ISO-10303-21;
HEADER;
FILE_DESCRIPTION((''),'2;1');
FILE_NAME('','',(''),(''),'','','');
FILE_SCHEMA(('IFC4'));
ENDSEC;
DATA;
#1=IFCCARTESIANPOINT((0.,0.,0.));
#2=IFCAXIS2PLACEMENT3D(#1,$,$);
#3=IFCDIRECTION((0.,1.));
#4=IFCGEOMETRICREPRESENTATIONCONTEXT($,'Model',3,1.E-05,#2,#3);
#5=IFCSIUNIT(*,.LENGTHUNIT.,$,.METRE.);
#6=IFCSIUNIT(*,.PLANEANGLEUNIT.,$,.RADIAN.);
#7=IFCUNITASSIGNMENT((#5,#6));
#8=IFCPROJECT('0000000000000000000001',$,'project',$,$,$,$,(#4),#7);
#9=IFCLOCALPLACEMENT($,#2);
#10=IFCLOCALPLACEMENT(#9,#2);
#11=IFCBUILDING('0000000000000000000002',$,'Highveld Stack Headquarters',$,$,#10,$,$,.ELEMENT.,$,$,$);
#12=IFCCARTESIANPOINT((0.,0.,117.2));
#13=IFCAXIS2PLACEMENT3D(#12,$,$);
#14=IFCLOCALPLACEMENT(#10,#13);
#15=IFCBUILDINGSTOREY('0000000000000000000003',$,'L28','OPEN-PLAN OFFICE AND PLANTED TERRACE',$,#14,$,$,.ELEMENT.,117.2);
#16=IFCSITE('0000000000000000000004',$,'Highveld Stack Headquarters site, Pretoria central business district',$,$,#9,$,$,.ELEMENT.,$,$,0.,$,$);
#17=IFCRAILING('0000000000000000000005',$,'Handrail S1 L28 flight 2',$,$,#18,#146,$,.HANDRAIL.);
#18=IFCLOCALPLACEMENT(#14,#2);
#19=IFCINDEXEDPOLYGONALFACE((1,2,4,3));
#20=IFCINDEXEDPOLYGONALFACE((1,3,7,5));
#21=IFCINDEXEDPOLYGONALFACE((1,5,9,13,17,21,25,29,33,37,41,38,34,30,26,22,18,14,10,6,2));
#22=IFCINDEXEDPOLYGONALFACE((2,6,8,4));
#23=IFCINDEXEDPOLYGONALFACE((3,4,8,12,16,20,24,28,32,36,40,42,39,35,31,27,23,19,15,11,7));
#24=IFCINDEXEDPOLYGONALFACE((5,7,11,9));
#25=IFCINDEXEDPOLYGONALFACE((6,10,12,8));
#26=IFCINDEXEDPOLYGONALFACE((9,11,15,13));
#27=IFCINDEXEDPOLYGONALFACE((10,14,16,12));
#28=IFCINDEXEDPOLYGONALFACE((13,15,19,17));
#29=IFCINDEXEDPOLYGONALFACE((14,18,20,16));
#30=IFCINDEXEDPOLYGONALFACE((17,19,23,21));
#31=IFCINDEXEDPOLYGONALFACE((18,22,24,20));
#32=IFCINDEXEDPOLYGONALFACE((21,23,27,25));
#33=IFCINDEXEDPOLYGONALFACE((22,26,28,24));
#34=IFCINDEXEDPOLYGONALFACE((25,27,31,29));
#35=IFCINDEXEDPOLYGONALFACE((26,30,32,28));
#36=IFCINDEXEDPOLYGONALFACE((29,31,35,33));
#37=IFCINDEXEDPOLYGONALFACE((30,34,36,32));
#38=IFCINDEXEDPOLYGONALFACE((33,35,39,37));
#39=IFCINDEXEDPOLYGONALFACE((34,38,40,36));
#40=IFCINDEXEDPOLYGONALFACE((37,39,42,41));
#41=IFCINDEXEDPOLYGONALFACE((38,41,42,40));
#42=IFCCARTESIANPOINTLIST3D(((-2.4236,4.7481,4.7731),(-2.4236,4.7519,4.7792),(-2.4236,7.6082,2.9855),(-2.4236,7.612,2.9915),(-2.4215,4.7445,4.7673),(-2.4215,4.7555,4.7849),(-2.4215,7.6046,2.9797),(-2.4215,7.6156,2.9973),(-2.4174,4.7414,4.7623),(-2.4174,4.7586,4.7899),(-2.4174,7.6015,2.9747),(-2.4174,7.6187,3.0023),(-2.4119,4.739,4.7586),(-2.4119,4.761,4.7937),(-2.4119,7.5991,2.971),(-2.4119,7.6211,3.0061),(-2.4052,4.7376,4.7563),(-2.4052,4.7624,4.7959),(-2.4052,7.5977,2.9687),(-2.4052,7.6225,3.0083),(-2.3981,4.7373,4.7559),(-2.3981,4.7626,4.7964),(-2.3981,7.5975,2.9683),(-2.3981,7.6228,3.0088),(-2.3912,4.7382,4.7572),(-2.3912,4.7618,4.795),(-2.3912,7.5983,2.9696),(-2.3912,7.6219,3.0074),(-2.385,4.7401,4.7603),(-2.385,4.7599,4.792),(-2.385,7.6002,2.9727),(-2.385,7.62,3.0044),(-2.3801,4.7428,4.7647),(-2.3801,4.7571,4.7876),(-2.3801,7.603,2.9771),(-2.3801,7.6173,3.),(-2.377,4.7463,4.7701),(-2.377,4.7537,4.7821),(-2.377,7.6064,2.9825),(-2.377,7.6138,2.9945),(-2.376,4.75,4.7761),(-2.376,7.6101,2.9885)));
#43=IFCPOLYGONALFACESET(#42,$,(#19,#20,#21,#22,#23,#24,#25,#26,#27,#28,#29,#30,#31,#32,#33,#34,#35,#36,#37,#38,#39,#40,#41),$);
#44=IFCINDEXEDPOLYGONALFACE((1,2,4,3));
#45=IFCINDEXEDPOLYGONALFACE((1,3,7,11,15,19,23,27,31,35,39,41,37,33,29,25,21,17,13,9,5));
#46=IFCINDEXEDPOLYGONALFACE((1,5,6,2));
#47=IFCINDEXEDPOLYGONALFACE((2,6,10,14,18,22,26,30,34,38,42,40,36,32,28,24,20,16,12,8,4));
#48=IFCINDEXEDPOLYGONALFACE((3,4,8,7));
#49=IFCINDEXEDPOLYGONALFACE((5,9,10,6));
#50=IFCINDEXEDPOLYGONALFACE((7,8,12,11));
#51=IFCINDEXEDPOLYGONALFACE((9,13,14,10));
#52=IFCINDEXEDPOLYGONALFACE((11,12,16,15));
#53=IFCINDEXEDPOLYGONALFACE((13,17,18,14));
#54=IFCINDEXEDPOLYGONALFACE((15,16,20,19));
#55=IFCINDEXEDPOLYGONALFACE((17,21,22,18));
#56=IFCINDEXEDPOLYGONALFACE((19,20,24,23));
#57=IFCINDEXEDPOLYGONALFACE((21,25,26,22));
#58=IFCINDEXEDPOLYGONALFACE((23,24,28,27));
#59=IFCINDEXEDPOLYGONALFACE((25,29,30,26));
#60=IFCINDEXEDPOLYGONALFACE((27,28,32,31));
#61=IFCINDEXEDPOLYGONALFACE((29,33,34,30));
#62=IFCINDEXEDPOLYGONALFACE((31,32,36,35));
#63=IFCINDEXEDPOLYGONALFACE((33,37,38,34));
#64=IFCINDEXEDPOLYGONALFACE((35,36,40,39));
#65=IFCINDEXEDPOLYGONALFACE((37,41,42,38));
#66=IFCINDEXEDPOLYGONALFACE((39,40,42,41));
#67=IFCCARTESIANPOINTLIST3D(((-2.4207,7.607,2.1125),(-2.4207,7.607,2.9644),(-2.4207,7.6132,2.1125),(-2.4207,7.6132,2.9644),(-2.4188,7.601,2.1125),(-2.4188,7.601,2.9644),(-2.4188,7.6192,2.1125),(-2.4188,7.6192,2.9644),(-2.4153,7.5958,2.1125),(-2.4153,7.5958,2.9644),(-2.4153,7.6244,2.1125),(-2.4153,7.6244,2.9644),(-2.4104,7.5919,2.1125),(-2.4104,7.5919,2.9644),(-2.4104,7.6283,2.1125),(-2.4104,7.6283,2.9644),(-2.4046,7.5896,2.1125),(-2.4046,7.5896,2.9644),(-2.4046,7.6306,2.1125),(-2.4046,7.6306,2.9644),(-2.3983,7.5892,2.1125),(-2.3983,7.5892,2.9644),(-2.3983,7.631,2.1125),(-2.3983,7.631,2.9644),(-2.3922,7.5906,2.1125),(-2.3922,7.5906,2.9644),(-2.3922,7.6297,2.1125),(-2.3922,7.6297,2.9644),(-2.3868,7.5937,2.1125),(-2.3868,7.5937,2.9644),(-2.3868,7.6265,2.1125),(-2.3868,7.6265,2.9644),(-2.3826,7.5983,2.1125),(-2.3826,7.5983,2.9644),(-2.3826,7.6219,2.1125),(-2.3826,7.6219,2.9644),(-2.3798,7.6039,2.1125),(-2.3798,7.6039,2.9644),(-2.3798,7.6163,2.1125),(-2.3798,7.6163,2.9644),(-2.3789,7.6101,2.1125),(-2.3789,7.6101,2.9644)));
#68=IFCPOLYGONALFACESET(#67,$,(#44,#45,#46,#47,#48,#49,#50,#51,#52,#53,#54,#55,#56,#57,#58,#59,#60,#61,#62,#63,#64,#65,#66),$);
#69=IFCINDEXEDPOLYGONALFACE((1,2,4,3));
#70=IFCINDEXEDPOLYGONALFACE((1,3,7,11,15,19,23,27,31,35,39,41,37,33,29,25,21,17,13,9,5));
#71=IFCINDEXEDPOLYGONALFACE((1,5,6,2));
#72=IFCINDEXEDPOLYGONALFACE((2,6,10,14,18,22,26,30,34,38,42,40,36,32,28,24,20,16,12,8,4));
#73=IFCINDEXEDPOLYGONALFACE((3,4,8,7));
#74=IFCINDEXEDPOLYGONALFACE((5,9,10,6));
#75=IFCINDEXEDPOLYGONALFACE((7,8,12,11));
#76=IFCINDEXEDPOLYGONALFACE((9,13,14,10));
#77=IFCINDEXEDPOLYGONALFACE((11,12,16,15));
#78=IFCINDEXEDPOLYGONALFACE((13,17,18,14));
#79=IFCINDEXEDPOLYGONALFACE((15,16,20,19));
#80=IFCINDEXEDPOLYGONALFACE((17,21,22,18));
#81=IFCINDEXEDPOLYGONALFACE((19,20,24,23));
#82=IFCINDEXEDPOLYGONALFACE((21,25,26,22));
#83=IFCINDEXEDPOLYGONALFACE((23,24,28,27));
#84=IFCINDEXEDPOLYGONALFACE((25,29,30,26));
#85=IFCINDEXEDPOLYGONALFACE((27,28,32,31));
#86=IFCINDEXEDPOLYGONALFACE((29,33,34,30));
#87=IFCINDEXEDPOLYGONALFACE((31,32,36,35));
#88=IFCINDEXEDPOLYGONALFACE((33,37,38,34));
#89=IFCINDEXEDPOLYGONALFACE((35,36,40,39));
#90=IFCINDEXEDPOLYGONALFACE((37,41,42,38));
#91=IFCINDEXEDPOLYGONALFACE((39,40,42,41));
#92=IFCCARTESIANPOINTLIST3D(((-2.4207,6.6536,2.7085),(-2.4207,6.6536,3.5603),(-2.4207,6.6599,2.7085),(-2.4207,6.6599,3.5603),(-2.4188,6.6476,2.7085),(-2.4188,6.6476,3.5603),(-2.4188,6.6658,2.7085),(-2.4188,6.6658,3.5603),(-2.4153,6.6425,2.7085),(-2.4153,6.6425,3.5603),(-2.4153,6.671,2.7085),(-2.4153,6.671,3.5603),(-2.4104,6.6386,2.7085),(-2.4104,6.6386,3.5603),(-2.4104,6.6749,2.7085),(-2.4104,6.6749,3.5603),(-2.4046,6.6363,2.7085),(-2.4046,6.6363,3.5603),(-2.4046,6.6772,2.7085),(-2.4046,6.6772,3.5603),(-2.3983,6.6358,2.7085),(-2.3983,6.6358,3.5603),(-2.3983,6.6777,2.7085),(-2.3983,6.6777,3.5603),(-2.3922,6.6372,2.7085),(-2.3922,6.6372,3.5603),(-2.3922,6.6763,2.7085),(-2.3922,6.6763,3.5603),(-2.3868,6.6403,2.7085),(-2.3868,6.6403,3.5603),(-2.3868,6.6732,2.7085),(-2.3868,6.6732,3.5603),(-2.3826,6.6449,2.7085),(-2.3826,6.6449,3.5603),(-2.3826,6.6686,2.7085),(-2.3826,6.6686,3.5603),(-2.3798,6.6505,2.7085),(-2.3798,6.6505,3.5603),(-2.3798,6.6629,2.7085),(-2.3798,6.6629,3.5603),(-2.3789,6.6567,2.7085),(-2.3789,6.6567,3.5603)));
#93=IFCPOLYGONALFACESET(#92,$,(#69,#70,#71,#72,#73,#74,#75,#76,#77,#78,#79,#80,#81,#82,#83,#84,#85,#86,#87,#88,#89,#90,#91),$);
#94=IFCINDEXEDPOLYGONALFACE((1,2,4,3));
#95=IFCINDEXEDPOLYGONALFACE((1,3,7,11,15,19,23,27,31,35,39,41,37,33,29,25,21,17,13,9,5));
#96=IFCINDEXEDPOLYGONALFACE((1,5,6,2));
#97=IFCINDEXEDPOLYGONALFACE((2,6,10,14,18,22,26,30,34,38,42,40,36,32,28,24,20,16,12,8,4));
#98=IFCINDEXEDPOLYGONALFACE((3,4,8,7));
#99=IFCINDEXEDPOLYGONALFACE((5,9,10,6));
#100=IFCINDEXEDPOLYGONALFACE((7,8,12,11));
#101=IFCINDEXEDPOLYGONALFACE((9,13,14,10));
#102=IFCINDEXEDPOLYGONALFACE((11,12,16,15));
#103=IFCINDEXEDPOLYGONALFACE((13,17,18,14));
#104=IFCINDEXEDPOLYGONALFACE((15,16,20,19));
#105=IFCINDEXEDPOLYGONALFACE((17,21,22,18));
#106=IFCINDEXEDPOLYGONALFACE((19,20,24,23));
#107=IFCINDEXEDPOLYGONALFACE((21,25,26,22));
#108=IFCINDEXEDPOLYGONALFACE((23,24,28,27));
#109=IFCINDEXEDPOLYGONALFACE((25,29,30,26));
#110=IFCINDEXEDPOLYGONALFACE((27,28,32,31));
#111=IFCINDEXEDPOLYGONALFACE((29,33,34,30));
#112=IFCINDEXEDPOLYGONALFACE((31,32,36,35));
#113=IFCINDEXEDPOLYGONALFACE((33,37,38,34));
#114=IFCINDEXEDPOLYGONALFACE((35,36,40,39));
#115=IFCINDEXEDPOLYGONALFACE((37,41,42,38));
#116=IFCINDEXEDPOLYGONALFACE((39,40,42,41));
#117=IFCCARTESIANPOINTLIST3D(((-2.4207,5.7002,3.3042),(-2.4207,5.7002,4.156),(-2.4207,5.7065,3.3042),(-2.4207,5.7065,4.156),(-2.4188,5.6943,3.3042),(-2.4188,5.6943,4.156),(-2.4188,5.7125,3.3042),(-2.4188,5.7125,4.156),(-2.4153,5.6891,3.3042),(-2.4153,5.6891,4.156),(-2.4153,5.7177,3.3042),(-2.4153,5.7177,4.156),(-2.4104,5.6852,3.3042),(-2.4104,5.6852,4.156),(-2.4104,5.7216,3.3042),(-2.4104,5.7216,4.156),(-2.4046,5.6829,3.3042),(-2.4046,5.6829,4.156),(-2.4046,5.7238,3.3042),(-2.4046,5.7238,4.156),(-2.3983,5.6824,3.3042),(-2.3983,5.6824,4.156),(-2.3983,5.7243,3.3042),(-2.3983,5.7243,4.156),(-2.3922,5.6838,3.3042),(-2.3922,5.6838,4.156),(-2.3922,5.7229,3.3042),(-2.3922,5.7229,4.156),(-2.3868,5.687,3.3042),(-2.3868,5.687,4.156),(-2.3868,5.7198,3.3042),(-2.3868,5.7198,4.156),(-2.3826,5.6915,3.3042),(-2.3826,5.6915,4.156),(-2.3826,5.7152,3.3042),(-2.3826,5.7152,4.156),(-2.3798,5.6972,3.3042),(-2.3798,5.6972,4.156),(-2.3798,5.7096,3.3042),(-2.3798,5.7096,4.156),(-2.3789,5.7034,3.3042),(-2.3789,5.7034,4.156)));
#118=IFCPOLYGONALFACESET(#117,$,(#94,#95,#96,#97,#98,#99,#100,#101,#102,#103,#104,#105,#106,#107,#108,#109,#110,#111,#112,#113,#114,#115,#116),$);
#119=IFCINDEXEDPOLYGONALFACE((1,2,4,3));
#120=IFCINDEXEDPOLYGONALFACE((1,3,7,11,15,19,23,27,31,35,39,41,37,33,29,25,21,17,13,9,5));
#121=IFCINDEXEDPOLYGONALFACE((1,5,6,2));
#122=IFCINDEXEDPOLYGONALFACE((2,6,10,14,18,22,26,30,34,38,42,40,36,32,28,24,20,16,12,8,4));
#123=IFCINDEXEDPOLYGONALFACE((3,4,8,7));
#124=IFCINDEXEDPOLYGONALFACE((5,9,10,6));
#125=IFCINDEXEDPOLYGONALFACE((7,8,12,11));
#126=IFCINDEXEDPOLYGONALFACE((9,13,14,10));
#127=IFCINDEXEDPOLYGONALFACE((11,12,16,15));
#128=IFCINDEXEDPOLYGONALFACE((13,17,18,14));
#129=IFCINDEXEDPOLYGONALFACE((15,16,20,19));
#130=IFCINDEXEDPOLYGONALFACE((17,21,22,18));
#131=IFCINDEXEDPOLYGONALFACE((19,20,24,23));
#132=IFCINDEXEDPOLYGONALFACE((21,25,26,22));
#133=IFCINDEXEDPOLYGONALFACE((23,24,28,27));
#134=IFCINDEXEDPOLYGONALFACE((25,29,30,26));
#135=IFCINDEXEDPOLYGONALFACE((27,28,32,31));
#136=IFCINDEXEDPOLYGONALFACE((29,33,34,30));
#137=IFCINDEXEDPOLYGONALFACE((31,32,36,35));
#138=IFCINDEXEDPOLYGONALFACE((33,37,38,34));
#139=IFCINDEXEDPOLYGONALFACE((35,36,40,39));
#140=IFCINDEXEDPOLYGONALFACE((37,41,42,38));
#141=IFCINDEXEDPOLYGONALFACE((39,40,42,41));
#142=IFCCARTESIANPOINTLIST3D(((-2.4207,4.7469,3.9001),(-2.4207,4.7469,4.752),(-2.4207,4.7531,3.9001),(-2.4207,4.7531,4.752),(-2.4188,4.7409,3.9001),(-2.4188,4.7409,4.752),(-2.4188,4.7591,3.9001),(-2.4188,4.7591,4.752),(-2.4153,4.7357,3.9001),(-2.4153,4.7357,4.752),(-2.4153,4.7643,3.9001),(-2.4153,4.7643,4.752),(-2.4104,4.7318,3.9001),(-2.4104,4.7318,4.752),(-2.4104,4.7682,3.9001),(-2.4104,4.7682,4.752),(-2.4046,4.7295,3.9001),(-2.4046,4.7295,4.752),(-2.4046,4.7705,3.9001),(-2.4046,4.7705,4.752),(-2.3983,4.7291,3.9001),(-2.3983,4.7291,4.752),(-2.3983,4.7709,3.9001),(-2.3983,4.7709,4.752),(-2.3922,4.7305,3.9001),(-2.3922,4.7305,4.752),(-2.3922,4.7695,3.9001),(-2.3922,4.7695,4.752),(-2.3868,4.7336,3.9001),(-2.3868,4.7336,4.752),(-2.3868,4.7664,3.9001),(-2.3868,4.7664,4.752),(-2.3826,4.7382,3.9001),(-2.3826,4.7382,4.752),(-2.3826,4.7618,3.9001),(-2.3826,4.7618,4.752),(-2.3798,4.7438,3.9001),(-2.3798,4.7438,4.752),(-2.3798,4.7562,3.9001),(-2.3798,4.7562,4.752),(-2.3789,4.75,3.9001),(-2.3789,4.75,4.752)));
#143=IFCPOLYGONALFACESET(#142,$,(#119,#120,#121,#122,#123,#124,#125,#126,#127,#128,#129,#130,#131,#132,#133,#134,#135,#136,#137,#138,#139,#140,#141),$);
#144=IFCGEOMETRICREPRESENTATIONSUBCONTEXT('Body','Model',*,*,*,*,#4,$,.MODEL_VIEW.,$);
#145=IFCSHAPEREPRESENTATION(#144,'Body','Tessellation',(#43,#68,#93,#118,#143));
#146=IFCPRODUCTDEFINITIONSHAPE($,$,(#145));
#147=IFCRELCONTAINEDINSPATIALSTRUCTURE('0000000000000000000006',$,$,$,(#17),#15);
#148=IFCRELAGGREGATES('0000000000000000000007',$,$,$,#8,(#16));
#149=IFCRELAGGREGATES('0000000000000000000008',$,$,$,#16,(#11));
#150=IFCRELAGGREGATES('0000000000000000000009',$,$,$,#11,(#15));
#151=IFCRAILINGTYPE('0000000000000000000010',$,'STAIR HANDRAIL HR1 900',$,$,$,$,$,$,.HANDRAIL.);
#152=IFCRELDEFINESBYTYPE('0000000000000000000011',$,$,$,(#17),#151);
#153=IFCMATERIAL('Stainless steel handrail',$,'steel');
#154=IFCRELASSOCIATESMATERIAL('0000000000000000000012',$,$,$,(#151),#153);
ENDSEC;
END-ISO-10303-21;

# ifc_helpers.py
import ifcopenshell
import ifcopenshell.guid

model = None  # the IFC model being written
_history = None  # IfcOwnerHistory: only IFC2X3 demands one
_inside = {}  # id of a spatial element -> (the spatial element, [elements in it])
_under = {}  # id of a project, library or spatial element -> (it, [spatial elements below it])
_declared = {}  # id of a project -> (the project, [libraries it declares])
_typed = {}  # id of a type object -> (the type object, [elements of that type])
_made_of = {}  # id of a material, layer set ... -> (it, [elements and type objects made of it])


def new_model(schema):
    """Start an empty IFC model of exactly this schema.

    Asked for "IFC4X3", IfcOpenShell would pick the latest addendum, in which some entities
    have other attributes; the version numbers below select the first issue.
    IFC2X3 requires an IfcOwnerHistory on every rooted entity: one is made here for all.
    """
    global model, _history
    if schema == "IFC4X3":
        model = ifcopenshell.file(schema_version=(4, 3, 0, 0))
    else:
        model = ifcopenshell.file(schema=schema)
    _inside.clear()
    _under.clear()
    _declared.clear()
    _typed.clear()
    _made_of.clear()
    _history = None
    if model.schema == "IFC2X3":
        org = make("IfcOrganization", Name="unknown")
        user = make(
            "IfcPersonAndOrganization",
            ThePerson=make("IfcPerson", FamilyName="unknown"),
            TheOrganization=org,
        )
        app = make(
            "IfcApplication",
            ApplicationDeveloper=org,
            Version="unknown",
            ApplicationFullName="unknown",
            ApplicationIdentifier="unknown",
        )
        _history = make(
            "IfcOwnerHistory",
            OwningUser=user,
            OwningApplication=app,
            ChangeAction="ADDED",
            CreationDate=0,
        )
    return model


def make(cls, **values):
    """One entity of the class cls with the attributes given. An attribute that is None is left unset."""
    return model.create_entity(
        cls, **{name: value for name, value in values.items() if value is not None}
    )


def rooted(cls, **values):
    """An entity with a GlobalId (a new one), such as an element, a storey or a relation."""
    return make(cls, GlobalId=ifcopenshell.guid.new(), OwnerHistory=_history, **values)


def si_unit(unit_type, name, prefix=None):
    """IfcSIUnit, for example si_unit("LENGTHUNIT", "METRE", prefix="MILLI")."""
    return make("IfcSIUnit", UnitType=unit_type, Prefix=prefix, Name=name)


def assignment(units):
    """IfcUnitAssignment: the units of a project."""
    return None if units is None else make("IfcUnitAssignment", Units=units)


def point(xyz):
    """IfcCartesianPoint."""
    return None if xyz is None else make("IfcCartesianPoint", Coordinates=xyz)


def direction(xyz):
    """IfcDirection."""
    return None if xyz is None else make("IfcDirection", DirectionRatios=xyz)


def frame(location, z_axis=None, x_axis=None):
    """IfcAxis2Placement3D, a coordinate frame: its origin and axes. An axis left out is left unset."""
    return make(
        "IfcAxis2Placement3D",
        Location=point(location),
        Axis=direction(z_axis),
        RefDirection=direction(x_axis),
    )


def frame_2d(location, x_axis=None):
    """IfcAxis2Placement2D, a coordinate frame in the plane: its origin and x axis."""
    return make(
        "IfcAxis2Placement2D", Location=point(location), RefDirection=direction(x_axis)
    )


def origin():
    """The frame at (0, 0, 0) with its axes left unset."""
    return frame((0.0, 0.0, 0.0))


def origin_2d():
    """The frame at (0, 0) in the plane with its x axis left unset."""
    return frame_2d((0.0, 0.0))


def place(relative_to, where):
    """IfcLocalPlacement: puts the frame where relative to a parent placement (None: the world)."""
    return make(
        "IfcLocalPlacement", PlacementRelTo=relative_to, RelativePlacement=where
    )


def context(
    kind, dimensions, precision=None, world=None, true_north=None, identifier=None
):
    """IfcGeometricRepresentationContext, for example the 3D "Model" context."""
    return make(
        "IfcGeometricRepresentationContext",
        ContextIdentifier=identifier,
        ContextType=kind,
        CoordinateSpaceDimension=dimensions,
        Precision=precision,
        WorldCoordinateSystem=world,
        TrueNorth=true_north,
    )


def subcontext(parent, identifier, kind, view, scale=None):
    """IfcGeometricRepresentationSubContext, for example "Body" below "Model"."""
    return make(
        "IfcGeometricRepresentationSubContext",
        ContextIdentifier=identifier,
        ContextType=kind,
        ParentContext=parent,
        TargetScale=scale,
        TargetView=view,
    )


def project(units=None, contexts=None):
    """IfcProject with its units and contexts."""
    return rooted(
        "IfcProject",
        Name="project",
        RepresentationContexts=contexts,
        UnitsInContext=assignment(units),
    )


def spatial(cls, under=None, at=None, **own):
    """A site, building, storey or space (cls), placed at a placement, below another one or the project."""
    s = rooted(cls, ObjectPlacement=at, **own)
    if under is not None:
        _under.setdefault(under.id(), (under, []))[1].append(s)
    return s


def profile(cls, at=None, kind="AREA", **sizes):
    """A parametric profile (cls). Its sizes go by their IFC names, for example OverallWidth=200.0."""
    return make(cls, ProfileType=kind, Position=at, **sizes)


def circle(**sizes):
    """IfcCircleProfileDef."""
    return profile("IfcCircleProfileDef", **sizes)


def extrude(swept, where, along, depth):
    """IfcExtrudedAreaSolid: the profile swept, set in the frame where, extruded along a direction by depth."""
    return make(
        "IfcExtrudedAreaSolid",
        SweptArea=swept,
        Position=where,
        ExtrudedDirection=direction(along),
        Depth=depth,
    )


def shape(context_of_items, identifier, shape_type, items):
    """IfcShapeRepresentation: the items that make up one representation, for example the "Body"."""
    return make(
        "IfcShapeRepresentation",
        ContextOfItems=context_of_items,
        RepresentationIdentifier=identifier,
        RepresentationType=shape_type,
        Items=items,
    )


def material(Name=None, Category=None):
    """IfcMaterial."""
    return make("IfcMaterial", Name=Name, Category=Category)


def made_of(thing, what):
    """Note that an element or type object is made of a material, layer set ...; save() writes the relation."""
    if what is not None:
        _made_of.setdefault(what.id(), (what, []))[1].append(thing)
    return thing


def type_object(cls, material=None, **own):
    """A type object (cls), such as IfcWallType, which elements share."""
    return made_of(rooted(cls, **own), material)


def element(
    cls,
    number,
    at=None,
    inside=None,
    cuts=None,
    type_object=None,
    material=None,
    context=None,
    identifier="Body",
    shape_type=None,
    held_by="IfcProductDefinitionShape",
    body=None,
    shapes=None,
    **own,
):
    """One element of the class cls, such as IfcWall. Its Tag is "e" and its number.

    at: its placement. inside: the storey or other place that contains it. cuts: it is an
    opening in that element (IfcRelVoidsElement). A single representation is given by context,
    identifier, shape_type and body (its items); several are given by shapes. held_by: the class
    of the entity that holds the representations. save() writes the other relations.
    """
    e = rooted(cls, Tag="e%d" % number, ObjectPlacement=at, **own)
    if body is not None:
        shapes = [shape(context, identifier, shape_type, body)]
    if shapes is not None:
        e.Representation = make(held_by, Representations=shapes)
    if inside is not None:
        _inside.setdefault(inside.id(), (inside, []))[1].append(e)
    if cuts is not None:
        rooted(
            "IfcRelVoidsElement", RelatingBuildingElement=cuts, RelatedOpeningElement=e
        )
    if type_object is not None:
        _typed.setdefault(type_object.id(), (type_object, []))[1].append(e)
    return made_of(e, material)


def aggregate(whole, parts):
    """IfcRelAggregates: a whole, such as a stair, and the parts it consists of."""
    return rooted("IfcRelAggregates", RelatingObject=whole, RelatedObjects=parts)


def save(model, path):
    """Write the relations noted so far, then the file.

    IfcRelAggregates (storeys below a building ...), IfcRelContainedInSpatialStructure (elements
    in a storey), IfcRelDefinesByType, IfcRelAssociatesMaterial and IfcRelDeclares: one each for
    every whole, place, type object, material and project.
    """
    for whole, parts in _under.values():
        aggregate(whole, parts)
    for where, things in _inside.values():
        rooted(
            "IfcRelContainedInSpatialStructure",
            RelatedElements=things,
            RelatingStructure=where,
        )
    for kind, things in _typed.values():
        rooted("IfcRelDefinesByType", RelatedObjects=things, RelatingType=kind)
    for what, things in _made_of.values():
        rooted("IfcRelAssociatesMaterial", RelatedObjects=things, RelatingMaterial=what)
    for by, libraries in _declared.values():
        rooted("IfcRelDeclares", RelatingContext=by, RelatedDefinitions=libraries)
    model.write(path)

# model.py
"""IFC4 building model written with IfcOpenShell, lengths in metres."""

from ifc_helpers import new_model, si_unit, direction, frame, origin, origin_2d, place, context, subcontext, project, spatial, circle, extrude, material, type_object, element, save


model = new_model("IFC4")

# Units and contexts
model_context = context("Model", 3, precision=1e-05, world=origin(), true_north=direction((0.0, 1.0)))
body_context = subcontext(model_context, "Body", "Model", "MODEL_VIEW")
ifc_project = project(units=[si_unit("LENGTHUNIT", "METRE"), si_unit("PLANEANGLEUNIT", "RADIAN")], contexts=[model_context])

# Site, building, storey
site_placement = place(None, origin())
site = spatial("IfcSite", under=ifc_project, at=site_placement, Name="Highveld Stack Headquarters site, Pretoria central business district", CompositionType="ELEMENT", RefElevation=0.0)
building_placement = place(site_placement, origin())
building = spatial("IfcBuilding", under=site, at=building_placement, Name="Highveld Stack Headquarters", CompositionType="ELEMENT")
storey_placement = place(building_placement, frame((0.0, 0.0, 117.2)))
storey = spatial("IfcBuildingStorey", under=building, at=storey_placement, Name="L28", Description="OPEN-PLAN OFFICE AND PLANTED TERRACE", CompositionType="ELEMENT", Elevation=117.2)

# Railing
ifc_material_1 = material(Name="Stainless steel handrail", Category="steel")
railing_type = type_object("IfcRailingType", Name="STAIR HANDRAIL HR1 900", PredefinedType="HANDRAIL", material=ifc_material_1)
for number, where, name in (
    (1, (-2.3999, 7.6101, 2.1125), "Handrail S1 L28 flight 2"),
):
    element("IfcRailing", number, at=place(storey_placement, frame(where)), inside=storey, type_object=railing_type, Name=name, PredefinedType="HANDRAIL", context=body_context, shape_type="SweptSolid", body=[
        extrude(circle(Radius=0.0239, at=origin_2d()), frame((0.0, 0.0, 0.876), z_axis=(0.0, -0.847994, 0.530005), x_axis=(1.0, 0.0, 0.0)), (0.0, 0.0, 1.0), 3.3728),
        extrude(circle(Radius=0.021, at=origin_2d()), origin(), (0.0, 0.0, 1.0), 0.8518),
        extrude(circle(Radius=0.021, at=origin_2d()), frame((0.0, -0.9534, 0.5959)), (0.0, 0.0, 1.0), 0.8518),
        extrude(circle(Radius=0.021, at=origin_2d()), frame((0.0, -1.9067, 1.1917)), (0.0, 0.0, 1.0), 0.8518),
        extrude(circle(Radius=0.021, at=origin_2d()), frame((0.0, -2.8601, 1.7876)), (0.0, 0.0, 1.0), 0.8518),
    ])

save(model, "model.ifc")
